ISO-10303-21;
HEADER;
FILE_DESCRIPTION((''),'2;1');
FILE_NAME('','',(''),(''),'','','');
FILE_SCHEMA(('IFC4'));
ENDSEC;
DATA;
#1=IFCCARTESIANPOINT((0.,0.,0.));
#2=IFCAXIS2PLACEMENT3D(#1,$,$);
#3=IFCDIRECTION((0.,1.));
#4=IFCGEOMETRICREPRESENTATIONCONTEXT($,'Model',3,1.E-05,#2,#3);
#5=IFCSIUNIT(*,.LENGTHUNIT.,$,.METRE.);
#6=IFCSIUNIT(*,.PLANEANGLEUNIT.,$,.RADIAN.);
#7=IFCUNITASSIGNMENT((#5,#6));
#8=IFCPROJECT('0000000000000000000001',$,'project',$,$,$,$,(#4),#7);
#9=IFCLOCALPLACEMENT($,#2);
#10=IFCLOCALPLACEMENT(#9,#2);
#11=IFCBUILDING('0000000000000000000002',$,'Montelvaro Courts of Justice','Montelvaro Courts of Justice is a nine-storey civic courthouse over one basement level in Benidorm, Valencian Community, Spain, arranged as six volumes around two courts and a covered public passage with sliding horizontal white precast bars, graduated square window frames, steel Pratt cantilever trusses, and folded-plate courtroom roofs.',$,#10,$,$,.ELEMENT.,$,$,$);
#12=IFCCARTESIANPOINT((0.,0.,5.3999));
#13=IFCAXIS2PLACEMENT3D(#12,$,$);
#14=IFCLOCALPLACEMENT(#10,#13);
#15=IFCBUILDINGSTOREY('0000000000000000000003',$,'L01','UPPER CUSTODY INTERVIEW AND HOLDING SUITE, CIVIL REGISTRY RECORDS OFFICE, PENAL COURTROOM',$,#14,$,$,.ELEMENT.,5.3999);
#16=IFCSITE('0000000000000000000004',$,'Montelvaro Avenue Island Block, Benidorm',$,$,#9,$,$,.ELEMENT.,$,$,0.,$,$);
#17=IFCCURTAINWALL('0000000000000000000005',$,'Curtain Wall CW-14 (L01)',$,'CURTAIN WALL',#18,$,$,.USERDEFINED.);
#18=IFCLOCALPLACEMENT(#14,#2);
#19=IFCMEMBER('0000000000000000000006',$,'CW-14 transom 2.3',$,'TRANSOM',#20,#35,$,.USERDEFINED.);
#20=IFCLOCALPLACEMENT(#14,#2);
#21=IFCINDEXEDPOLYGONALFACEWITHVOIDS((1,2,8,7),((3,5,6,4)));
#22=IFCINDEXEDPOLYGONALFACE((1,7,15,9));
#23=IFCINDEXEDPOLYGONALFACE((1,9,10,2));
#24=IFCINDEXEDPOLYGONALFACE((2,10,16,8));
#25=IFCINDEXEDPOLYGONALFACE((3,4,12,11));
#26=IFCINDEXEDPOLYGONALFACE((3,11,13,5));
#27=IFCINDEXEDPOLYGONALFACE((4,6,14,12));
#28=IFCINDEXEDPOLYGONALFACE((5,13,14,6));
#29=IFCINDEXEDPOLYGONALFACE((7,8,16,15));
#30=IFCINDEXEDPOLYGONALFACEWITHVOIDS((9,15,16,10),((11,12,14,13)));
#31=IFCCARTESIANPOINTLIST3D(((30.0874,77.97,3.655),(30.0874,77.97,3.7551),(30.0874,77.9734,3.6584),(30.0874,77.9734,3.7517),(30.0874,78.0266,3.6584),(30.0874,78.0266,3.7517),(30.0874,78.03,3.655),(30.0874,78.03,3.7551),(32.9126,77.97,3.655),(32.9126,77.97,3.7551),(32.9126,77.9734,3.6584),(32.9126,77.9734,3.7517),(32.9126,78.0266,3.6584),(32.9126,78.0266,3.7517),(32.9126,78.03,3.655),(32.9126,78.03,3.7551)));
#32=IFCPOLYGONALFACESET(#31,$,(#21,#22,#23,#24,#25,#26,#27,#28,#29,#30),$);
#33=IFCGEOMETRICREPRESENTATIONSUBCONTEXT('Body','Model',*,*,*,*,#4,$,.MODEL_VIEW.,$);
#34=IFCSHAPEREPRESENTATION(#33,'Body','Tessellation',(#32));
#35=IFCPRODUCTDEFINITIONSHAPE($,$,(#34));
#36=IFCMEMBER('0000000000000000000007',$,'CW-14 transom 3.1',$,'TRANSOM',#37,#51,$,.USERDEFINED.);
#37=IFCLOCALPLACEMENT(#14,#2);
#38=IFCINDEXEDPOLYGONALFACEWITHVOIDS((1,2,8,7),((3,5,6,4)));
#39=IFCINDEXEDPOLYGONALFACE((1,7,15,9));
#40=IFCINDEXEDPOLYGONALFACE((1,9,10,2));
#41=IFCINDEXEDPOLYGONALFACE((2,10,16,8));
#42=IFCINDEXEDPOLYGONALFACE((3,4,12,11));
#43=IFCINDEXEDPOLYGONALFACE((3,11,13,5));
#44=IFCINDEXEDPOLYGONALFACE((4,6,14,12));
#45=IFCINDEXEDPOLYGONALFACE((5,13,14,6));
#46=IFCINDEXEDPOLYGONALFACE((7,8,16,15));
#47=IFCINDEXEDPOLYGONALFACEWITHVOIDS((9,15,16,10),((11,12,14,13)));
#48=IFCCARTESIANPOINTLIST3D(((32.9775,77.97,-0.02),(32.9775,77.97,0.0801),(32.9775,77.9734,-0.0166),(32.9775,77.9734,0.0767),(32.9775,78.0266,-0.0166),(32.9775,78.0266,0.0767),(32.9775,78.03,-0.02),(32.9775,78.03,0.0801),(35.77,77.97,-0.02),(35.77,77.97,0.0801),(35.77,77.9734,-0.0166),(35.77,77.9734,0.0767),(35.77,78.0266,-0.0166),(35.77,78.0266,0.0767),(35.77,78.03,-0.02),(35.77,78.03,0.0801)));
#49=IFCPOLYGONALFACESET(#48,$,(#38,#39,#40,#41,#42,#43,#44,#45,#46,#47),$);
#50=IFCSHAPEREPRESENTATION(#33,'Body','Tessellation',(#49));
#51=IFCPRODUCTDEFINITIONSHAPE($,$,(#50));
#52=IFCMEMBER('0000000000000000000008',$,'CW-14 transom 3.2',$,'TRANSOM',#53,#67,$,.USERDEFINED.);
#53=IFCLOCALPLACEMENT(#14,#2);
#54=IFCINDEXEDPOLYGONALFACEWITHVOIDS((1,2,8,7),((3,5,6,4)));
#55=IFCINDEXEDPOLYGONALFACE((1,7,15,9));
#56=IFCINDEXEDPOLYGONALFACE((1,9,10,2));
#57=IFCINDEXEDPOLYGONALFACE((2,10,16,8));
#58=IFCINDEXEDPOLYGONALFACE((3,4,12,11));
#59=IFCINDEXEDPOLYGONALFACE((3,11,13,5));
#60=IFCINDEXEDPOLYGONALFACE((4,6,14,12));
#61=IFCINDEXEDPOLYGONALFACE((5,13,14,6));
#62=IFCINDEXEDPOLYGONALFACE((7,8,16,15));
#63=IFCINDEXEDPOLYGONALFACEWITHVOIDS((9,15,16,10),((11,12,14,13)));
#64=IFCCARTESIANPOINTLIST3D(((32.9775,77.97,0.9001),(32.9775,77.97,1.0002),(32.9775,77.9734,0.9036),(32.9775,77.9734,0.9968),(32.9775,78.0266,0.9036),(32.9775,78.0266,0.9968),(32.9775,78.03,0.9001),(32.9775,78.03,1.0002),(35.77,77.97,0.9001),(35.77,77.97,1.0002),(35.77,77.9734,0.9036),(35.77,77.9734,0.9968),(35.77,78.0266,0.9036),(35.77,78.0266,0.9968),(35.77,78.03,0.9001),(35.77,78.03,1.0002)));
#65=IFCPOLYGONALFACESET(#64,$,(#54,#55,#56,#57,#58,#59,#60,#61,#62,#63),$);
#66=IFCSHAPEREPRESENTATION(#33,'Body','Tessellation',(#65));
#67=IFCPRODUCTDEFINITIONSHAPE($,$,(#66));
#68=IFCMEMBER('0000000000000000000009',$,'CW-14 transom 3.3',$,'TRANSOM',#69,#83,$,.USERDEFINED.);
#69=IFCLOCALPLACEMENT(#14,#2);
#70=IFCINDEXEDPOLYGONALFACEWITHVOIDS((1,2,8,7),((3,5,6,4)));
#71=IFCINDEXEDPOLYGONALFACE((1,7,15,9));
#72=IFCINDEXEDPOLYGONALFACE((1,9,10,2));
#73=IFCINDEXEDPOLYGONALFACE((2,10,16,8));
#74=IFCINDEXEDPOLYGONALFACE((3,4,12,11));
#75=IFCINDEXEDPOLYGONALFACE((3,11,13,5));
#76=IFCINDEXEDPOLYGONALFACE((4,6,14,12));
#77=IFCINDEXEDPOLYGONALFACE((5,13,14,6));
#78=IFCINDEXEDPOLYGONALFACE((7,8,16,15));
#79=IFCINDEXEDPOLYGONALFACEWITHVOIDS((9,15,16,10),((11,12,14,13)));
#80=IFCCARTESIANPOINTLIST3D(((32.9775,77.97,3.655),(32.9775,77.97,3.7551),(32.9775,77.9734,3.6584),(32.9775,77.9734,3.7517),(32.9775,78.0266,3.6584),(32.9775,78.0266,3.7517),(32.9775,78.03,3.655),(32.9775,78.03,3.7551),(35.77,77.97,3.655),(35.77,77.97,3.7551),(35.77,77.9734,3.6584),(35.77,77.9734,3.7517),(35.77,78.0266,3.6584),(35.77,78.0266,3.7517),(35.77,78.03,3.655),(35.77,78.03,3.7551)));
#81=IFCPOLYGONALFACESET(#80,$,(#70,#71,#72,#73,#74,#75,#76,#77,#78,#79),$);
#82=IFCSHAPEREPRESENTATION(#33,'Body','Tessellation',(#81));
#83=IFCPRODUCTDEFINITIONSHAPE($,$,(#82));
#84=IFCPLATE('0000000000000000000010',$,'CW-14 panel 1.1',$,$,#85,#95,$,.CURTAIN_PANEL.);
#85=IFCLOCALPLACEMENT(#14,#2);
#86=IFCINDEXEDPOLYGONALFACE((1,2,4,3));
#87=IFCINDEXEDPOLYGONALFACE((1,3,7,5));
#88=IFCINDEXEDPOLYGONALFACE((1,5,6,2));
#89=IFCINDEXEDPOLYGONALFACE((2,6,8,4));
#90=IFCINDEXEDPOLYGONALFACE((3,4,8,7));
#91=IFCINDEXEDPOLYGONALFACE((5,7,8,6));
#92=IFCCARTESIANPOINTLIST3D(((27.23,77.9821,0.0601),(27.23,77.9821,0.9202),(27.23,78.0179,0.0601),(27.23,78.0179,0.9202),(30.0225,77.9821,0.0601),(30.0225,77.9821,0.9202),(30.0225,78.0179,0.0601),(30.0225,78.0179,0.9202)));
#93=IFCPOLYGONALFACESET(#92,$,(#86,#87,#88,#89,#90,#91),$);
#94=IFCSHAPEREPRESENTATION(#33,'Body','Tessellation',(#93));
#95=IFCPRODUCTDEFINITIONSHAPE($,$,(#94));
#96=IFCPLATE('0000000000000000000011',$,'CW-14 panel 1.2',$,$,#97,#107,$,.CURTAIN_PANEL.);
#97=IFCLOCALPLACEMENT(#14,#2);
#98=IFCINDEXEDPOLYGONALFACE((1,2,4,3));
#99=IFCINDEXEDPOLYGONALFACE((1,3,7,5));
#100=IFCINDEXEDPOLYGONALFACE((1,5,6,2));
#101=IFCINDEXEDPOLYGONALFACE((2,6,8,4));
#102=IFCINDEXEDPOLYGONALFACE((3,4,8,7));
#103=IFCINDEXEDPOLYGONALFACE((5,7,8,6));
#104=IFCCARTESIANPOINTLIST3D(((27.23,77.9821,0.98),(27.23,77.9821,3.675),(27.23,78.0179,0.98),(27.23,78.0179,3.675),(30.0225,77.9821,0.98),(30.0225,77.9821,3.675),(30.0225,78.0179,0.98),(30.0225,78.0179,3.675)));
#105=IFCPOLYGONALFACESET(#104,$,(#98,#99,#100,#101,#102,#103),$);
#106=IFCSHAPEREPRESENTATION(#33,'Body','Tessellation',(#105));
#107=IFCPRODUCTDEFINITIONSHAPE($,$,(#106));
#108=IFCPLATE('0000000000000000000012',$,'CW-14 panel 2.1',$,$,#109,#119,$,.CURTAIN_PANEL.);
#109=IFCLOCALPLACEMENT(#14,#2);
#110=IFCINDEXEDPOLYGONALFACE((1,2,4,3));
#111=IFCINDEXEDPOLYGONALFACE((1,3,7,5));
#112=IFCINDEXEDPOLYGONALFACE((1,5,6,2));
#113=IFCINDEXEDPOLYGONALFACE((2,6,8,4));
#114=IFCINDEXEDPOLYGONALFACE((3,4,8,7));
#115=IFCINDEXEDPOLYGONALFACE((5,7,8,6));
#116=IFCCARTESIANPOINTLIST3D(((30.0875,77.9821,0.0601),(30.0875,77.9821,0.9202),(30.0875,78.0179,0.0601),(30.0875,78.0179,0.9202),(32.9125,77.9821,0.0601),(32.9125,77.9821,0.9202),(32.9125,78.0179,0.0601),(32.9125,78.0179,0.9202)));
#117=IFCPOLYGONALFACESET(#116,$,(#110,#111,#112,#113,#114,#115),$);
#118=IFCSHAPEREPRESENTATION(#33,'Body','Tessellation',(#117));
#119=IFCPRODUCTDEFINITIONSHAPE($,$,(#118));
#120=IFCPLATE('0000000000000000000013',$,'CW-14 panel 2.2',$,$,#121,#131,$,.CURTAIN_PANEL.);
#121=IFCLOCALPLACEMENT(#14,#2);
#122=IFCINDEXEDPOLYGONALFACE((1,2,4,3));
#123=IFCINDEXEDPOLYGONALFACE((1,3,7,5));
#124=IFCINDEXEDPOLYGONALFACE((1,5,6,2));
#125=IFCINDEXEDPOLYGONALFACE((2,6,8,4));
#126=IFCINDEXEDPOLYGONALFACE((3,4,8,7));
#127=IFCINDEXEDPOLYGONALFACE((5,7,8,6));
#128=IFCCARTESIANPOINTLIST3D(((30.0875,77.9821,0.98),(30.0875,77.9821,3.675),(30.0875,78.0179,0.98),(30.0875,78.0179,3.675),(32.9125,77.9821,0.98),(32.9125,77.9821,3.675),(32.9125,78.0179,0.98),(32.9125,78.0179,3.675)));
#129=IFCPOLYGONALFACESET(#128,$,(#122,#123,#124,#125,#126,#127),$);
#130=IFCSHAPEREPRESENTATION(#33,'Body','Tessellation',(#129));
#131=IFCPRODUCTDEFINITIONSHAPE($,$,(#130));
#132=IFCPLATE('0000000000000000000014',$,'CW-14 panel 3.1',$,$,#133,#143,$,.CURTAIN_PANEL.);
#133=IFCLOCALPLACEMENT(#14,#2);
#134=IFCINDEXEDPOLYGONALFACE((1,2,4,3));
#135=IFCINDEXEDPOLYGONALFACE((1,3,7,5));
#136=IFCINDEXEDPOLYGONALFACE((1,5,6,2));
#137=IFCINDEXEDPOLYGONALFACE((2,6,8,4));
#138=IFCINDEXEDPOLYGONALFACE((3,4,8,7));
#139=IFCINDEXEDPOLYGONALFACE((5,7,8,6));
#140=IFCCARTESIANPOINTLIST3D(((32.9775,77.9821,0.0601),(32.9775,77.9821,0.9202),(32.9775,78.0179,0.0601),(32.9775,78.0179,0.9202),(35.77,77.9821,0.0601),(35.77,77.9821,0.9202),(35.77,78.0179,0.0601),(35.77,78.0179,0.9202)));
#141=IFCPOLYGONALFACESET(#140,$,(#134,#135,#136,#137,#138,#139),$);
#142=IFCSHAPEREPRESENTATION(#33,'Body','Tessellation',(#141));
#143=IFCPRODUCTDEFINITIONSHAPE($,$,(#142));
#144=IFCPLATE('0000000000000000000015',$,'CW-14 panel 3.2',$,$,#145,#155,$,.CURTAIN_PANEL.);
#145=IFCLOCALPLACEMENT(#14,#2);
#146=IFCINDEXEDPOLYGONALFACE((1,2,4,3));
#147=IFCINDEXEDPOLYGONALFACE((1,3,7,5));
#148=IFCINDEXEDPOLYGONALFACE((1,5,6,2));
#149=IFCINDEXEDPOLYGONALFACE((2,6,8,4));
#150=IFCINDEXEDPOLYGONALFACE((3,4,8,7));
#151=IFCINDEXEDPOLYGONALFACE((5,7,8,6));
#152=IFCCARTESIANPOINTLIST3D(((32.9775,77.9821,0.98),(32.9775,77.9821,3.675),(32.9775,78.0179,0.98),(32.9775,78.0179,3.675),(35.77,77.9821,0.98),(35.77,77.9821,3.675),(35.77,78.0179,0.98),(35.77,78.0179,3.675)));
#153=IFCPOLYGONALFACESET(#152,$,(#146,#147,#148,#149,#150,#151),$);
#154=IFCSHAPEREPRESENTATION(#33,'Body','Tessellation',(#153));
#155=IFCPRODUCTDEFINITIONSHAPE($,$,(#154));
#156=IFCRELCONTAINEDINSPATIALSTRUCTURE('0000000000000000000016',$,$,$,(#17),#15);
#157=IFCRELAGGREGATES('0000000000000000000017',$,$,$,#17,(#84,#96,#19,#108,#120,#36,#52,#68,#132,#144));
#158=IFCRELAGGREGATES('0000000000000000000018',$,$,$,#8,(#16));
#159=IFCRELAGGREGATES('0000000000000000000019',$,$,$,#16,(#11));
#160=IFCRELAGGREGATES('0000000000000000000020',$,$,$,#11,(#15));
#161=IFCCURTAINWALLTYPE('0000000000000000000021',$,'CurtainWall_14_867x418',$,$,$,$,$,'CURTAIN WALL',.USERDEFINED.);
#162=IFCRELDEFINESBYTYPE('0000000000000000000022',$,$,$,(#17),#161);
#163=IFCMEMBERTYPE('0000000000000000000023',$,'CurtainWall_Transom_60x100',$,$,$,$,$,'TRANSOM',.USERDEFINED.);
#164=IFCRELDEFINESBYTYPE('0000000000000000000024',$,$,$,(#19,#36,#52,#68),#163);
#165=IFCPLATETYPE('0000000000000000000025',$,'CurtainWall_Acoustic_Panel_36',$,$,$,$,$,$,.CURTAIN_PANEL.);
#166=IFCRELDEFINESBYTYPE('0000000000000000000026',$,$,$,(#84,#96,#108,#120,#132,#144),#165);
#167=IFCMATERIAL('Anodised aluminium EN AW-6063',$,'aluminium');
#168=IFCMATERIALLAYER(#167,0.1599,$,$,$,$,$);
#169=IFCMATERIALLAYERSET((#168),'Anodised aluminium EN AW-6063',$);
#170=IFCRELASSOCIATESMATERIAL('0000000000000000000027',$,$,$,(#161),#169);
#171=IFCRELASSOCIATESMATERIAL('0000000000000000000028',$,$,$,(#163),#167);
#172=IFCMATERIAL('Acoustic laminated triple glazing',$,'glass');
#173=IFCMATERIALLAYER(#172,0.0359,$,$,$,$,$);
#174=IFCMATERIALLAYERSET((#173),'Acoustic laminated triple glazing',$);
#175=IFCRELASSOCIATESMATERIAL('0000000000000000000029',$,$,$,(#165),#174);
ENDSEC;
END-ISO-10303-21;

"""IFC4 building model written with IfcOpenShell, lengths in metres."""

from ifc_helpers import new_model, si_unit, direction, frame, origin, origin_2d, place, context, subcontext, project, spatial, rectangle, hollow_rectangle, extrude, material, layer, layer_set, material_profile, profile_set, type_object, element, aggregate, save


model = new_model("IFC4")

# Units and contexts
model_context = context("Model", 3, precision=1e-05, world=origin(), true_north=direction((0.0, 1.0)))
body_context = subcontext(model_context, "Body", "Model", "MODEL_VIEW")
ifc_project = project(units=[si_unit("LENGTHUNIT", "METRE"), si_unit("PLANEANGLEUNIT", "RADIAN")], contexts=[model_context])

# Site, building, storey
site_placement = place(None, origin())
site = spatial("IfcSite", under=ifc_project, at=site_placement, Name="Montelvaro Avenue Island Block, Benidorm", CompositionType="ELEMENT", RefElevation=0.0)
building_placement = place(site_placement, origin())
building = spatial("IfcBuilding", under=site, at=building_placement, Name="Montelvaro Courts of Justice", Description="Montelvaro Courts of Justice is a nine-storey civic courthouse over one basement level in Benidorm, Valencian Community, Spain, arranged as six volumes around two courts and a covered public passage with sliding horizontal white precast bars, graduated square window frames, steel Pratt cantilever trusses, and folded-plate courtroom roofs.", CompositionType="ELEMENT")
storey_placement = place(building_placement, frame((0.0, 0.0, 5.3999)))
storey = spatial("IfcBuildingStorey", under=building, at=storey_placement, Name="L01", Description="UPPER CUSTODY INTERVIEW AND HOLDING SUITE, CIVIL REGISTRY RECORDS OFFICE, PENAL COURTROOM", CompositionType="ELEMENT", Elevation=5.3999)

# Curtain wall, members, plates
ifc_material_1 = material(Name="Anodised aluminium EN AW-6063", Category="aluminium")
ifc_layer_1 = layer(ifc_material_1, 0.1599)
ifc_layer_set_1 = layer_set([ifc_layer_1], Name="Anodised aluminium EN AW-6063")
curtain_wall_type = type_object("IfcCurtainWallType", Name="CurtainWall_14_867x418", ElementType="CURTAIN WALL", PredefinedType="USERDEFINED", material=ifc_layer_set_1)
curtain_wall_placement = place(storey_placement, origin())
curtain_wall = element("IfcCurtainWall", 1, at=curtain_wall_placement, inside=storey, type_object=curtain_wall_type, Name="Curtain Wall CW-14 (L01)", ObjectType="CURTAIN WALL", PredefinedType="USERDEFINED")
ifc_material_profile_1 = material_profile(ifc_material_1, hollow_rectangle(XDim=0.0601, YDim=0.1001, WallThickness=0.0034, at=origin_2d()), Name="ALU-T 60x100")
ifc_profile_set_1 = profile_set([ifc_material_profile_1], Name="Anodised aluminium EN AW-6063")
member_type_1 = type_object("IfcMemberType", Name="CurtainWall_Transom_60x100", ElementType="TRANSOM", PredefinedType="USERDEFINED", material=ifc_profile_set_1)
member_1_placement = place(storey_placement, frame((30.0874, 78.0, 3.7051), z_axis=(1.0, 0.0, 0.0), x_axis=(0.0, 1.0, 0.0)))
member_1 = element("IfcMember", 2, at=member_1_placement, type_object=member_type_1, Name="CW-14 transom 2.3", ObjectType="TRANSOM", PredefinedType="USERDEFINED", context=body_context, shape_type="SweptSolid", body=[
    extrude(hollow_rectangle(XDim=0.0601, YDim=0.1001, WallThickness=0.0034, at=origin_2d()), origin(), (0.0, 0.0, 1.0), 2.8252),
])
member_2_placement = place(storey_placement, frame((32.9775, 78.0, 0.03), z_axis=(1.0, 0.0, 0.0), x_axis=(0.0, 1.0, 0.0)))
member_2 = element("IfcMember", 3, at=member_2_placement, type_object=member_type_1, Name="CW-14 transom 3.1", ObjectType="TRANSOM", PredefinedType="USERDEFINED", context=body_context, shape_type="SweptSolid", body=[
    extrude(hollow_rectangle(XDim=0.0601, YDim=0.1001, WallThickness=0.0034, at=origin_2d()), origin(), (0.0, 0.0, 1.0), 2.7925),
])
member_3_placement = place(storey_placement, frame((32.9775, 78.0, 0.9502), z_axis=(1.0, 0.0, 0.0), x_axis=(0.0, 1.0, 0.0)))
member_3 = element("IfcMember", 4, at=member_3_placement, type_object=member_type_1, Name="CW-14 transom 3.2", ObjectType="TRANSOM", PredefinedType="USERDEFINED", context=body_context, shape_type="SweptSolid", body=[
    extrude(hollow_rectangle(XDim=0.0601, YDim=0.1001, WallThickness=0.0034, at=origin_2d()), origin(), (0.0, 0.0, 1.0), 2.7925),
])
member_4_placement = place(storey_placement, frame((32.9775, 78.0, 3.7051), z_axis=(1.0, 0.0, 0.0), x_axis=(0.0, 1.0, 0.0)))
member_4 = element("IfcMember", 5, at=member_4_placement, type_object=member_type_1, Name="CW-14 transom 3.3", ObjectType="TRANSOM", PredefinedType="USERDEFINED", context=body_context, shape_type="SweptSolid", body=[
    extrude(hollow_rectangle(XDim=0.0601, YDim=0.1001, WallThickness=0.0034, at=origin_2d()), origin(), (0.0, 0.0, 1.0), 2.7925),
])
ifc_material_2 = material(Name="Acoustic laminated triple glazing", Category="glass")
ifc_layer_2 = layer(ifc_material_2, 0.0359)
ifc_layer_set_2 = layer_set([ifc_layer_2], Name="Acoustic laminated triple glazing")
plate_type = type_object("IfcPlateType", Name="CurtainWall_Acoustic_Panel_36", PredefinedType="CURTAIN_PANEL", material=ifc_layer_set_2)
plate_1_placement = place(storey_placement, frame((28.6262, 78.0, 0.0601), z_axis=(0.0, 0.0, 1.0), x_axis=(1.0, 0.0, 0.0)))
plate_1 = element("IfcPlate", 6, at=plate_1_placement, type_object=plate_type, Name="CW-14 panel 1.1", PredefinedType="CURTAIN_PANEL", context=body_context, shape_type="SweptSolid", body=[
    extrude(rectangle(XDim=2.7925, YDim=0.0359, at=origin_2d()), origin(), (0.0, 0.0, 1.0), 0.8601),
])
plate_2_placement = place(storey_placement, frame((28.6262, 78.0, 0.98), z_axis=(0.0, 0.0, 1.0), x_axis=(1.0, 0.0, 0.0)))
plate_2 = element("IfcPlate", 7, at=plate_2_placement, type_object=plate_type, Name="CW-14 panel 1.2", PredefinedType="CURTAIN_PANEL", context=body_context, shape_type="SweptSolid", body=[
    extrude(rectangle(XDim=2.7925, YDim=0.0359, at=origin_2d()), origin(), (0.0, 0.0, 1.0), 2.6951),
])
plate_3_placement = place(storey_placement, frame((31.5, 78.0, 0.0601), z_axis=(0.0, 0.0, 1.0), x_axis=(1.0, 0.0, 0.0)))
plate_3 = element("IfcPlate", 8, at=plate_3_placement, type_object=plate_type, Name="CW-14 panel 2.1", PredefinedType="CURTAIN_PANEL", context=body_context, shape_type="SweptSolid", body=[
    extrude(rectangle(XDim=2.825, YDim=0.0359, at=origin_2d()), origin(), (0.0, 0.0, 1.0), 0.8601),
])
plate_4_placement = place(storey_placement, frame((31.5, 78.0, 0.98), z_axis=(0.0, 0.0, 1.0), x_axis=(1.0, 0.0, 0.0)))
plate_4 = element("IfcPlate", 9, at=plate_4_placement, type_object=plate_type, Name="CW-14 panel 2.2", PredefinedType="CURTAIN_PANEL", context=body_context, shape_type="SweptSolid", body=[
    extrude(rectangle(XDim=2.825, YDim=0.0359, at=origin_2d()), origin(), (0.0, 0.0, 1.0), 2.6951),
])
plate_5_placement = place(storey_placement, frame((34.3738, 78.0, 0.0601), z_axis=(0.0, 0.0, 1.0), x_axis=(1.0, 0.0, 0.0)))
plate_5 = element("IfcPlate", 10, at=plate_5_placement, type_object=plate_type, Name="CW-14 panel 3.1", PredefinedType="CURTAIN_PANEL", context=body_context, shape_type="SweptSolid", body=[
    extrude(rectangle(XDim=2.7925, YDim=0.0359, at=origin_2d()), origin(), (0.0, 0.0, 1.0), 0.8601),
])
plate_6_placement = place(storey_placement, frame((34.3738, 78.0, 0.98), z_axis=(0.0, 0.0, 1.0), x_axis=(1.0, 0.0, 0.0)))
plate_6 = element("IfcPlate", 11, at=plate_6_placement, type_object=plate_type, Name="CW-14 panel 3.2", PredefinedType="CURTAIN_PANEL", context=body_context, shape_type="SweptSolid", body=[
    extrude(rectangle(XDim=2.7925, YDim=0.0359, at=origin_2d()), origin(), (0.0, 0.0, 1.0), 2.6951),
])
aggregate(curtain_wall, [plate_1, plate_2, member_1, plate_3, plate_4, member_2, member_3, member_4, plate_5, plate_6])

save(model, "model.ifc")
